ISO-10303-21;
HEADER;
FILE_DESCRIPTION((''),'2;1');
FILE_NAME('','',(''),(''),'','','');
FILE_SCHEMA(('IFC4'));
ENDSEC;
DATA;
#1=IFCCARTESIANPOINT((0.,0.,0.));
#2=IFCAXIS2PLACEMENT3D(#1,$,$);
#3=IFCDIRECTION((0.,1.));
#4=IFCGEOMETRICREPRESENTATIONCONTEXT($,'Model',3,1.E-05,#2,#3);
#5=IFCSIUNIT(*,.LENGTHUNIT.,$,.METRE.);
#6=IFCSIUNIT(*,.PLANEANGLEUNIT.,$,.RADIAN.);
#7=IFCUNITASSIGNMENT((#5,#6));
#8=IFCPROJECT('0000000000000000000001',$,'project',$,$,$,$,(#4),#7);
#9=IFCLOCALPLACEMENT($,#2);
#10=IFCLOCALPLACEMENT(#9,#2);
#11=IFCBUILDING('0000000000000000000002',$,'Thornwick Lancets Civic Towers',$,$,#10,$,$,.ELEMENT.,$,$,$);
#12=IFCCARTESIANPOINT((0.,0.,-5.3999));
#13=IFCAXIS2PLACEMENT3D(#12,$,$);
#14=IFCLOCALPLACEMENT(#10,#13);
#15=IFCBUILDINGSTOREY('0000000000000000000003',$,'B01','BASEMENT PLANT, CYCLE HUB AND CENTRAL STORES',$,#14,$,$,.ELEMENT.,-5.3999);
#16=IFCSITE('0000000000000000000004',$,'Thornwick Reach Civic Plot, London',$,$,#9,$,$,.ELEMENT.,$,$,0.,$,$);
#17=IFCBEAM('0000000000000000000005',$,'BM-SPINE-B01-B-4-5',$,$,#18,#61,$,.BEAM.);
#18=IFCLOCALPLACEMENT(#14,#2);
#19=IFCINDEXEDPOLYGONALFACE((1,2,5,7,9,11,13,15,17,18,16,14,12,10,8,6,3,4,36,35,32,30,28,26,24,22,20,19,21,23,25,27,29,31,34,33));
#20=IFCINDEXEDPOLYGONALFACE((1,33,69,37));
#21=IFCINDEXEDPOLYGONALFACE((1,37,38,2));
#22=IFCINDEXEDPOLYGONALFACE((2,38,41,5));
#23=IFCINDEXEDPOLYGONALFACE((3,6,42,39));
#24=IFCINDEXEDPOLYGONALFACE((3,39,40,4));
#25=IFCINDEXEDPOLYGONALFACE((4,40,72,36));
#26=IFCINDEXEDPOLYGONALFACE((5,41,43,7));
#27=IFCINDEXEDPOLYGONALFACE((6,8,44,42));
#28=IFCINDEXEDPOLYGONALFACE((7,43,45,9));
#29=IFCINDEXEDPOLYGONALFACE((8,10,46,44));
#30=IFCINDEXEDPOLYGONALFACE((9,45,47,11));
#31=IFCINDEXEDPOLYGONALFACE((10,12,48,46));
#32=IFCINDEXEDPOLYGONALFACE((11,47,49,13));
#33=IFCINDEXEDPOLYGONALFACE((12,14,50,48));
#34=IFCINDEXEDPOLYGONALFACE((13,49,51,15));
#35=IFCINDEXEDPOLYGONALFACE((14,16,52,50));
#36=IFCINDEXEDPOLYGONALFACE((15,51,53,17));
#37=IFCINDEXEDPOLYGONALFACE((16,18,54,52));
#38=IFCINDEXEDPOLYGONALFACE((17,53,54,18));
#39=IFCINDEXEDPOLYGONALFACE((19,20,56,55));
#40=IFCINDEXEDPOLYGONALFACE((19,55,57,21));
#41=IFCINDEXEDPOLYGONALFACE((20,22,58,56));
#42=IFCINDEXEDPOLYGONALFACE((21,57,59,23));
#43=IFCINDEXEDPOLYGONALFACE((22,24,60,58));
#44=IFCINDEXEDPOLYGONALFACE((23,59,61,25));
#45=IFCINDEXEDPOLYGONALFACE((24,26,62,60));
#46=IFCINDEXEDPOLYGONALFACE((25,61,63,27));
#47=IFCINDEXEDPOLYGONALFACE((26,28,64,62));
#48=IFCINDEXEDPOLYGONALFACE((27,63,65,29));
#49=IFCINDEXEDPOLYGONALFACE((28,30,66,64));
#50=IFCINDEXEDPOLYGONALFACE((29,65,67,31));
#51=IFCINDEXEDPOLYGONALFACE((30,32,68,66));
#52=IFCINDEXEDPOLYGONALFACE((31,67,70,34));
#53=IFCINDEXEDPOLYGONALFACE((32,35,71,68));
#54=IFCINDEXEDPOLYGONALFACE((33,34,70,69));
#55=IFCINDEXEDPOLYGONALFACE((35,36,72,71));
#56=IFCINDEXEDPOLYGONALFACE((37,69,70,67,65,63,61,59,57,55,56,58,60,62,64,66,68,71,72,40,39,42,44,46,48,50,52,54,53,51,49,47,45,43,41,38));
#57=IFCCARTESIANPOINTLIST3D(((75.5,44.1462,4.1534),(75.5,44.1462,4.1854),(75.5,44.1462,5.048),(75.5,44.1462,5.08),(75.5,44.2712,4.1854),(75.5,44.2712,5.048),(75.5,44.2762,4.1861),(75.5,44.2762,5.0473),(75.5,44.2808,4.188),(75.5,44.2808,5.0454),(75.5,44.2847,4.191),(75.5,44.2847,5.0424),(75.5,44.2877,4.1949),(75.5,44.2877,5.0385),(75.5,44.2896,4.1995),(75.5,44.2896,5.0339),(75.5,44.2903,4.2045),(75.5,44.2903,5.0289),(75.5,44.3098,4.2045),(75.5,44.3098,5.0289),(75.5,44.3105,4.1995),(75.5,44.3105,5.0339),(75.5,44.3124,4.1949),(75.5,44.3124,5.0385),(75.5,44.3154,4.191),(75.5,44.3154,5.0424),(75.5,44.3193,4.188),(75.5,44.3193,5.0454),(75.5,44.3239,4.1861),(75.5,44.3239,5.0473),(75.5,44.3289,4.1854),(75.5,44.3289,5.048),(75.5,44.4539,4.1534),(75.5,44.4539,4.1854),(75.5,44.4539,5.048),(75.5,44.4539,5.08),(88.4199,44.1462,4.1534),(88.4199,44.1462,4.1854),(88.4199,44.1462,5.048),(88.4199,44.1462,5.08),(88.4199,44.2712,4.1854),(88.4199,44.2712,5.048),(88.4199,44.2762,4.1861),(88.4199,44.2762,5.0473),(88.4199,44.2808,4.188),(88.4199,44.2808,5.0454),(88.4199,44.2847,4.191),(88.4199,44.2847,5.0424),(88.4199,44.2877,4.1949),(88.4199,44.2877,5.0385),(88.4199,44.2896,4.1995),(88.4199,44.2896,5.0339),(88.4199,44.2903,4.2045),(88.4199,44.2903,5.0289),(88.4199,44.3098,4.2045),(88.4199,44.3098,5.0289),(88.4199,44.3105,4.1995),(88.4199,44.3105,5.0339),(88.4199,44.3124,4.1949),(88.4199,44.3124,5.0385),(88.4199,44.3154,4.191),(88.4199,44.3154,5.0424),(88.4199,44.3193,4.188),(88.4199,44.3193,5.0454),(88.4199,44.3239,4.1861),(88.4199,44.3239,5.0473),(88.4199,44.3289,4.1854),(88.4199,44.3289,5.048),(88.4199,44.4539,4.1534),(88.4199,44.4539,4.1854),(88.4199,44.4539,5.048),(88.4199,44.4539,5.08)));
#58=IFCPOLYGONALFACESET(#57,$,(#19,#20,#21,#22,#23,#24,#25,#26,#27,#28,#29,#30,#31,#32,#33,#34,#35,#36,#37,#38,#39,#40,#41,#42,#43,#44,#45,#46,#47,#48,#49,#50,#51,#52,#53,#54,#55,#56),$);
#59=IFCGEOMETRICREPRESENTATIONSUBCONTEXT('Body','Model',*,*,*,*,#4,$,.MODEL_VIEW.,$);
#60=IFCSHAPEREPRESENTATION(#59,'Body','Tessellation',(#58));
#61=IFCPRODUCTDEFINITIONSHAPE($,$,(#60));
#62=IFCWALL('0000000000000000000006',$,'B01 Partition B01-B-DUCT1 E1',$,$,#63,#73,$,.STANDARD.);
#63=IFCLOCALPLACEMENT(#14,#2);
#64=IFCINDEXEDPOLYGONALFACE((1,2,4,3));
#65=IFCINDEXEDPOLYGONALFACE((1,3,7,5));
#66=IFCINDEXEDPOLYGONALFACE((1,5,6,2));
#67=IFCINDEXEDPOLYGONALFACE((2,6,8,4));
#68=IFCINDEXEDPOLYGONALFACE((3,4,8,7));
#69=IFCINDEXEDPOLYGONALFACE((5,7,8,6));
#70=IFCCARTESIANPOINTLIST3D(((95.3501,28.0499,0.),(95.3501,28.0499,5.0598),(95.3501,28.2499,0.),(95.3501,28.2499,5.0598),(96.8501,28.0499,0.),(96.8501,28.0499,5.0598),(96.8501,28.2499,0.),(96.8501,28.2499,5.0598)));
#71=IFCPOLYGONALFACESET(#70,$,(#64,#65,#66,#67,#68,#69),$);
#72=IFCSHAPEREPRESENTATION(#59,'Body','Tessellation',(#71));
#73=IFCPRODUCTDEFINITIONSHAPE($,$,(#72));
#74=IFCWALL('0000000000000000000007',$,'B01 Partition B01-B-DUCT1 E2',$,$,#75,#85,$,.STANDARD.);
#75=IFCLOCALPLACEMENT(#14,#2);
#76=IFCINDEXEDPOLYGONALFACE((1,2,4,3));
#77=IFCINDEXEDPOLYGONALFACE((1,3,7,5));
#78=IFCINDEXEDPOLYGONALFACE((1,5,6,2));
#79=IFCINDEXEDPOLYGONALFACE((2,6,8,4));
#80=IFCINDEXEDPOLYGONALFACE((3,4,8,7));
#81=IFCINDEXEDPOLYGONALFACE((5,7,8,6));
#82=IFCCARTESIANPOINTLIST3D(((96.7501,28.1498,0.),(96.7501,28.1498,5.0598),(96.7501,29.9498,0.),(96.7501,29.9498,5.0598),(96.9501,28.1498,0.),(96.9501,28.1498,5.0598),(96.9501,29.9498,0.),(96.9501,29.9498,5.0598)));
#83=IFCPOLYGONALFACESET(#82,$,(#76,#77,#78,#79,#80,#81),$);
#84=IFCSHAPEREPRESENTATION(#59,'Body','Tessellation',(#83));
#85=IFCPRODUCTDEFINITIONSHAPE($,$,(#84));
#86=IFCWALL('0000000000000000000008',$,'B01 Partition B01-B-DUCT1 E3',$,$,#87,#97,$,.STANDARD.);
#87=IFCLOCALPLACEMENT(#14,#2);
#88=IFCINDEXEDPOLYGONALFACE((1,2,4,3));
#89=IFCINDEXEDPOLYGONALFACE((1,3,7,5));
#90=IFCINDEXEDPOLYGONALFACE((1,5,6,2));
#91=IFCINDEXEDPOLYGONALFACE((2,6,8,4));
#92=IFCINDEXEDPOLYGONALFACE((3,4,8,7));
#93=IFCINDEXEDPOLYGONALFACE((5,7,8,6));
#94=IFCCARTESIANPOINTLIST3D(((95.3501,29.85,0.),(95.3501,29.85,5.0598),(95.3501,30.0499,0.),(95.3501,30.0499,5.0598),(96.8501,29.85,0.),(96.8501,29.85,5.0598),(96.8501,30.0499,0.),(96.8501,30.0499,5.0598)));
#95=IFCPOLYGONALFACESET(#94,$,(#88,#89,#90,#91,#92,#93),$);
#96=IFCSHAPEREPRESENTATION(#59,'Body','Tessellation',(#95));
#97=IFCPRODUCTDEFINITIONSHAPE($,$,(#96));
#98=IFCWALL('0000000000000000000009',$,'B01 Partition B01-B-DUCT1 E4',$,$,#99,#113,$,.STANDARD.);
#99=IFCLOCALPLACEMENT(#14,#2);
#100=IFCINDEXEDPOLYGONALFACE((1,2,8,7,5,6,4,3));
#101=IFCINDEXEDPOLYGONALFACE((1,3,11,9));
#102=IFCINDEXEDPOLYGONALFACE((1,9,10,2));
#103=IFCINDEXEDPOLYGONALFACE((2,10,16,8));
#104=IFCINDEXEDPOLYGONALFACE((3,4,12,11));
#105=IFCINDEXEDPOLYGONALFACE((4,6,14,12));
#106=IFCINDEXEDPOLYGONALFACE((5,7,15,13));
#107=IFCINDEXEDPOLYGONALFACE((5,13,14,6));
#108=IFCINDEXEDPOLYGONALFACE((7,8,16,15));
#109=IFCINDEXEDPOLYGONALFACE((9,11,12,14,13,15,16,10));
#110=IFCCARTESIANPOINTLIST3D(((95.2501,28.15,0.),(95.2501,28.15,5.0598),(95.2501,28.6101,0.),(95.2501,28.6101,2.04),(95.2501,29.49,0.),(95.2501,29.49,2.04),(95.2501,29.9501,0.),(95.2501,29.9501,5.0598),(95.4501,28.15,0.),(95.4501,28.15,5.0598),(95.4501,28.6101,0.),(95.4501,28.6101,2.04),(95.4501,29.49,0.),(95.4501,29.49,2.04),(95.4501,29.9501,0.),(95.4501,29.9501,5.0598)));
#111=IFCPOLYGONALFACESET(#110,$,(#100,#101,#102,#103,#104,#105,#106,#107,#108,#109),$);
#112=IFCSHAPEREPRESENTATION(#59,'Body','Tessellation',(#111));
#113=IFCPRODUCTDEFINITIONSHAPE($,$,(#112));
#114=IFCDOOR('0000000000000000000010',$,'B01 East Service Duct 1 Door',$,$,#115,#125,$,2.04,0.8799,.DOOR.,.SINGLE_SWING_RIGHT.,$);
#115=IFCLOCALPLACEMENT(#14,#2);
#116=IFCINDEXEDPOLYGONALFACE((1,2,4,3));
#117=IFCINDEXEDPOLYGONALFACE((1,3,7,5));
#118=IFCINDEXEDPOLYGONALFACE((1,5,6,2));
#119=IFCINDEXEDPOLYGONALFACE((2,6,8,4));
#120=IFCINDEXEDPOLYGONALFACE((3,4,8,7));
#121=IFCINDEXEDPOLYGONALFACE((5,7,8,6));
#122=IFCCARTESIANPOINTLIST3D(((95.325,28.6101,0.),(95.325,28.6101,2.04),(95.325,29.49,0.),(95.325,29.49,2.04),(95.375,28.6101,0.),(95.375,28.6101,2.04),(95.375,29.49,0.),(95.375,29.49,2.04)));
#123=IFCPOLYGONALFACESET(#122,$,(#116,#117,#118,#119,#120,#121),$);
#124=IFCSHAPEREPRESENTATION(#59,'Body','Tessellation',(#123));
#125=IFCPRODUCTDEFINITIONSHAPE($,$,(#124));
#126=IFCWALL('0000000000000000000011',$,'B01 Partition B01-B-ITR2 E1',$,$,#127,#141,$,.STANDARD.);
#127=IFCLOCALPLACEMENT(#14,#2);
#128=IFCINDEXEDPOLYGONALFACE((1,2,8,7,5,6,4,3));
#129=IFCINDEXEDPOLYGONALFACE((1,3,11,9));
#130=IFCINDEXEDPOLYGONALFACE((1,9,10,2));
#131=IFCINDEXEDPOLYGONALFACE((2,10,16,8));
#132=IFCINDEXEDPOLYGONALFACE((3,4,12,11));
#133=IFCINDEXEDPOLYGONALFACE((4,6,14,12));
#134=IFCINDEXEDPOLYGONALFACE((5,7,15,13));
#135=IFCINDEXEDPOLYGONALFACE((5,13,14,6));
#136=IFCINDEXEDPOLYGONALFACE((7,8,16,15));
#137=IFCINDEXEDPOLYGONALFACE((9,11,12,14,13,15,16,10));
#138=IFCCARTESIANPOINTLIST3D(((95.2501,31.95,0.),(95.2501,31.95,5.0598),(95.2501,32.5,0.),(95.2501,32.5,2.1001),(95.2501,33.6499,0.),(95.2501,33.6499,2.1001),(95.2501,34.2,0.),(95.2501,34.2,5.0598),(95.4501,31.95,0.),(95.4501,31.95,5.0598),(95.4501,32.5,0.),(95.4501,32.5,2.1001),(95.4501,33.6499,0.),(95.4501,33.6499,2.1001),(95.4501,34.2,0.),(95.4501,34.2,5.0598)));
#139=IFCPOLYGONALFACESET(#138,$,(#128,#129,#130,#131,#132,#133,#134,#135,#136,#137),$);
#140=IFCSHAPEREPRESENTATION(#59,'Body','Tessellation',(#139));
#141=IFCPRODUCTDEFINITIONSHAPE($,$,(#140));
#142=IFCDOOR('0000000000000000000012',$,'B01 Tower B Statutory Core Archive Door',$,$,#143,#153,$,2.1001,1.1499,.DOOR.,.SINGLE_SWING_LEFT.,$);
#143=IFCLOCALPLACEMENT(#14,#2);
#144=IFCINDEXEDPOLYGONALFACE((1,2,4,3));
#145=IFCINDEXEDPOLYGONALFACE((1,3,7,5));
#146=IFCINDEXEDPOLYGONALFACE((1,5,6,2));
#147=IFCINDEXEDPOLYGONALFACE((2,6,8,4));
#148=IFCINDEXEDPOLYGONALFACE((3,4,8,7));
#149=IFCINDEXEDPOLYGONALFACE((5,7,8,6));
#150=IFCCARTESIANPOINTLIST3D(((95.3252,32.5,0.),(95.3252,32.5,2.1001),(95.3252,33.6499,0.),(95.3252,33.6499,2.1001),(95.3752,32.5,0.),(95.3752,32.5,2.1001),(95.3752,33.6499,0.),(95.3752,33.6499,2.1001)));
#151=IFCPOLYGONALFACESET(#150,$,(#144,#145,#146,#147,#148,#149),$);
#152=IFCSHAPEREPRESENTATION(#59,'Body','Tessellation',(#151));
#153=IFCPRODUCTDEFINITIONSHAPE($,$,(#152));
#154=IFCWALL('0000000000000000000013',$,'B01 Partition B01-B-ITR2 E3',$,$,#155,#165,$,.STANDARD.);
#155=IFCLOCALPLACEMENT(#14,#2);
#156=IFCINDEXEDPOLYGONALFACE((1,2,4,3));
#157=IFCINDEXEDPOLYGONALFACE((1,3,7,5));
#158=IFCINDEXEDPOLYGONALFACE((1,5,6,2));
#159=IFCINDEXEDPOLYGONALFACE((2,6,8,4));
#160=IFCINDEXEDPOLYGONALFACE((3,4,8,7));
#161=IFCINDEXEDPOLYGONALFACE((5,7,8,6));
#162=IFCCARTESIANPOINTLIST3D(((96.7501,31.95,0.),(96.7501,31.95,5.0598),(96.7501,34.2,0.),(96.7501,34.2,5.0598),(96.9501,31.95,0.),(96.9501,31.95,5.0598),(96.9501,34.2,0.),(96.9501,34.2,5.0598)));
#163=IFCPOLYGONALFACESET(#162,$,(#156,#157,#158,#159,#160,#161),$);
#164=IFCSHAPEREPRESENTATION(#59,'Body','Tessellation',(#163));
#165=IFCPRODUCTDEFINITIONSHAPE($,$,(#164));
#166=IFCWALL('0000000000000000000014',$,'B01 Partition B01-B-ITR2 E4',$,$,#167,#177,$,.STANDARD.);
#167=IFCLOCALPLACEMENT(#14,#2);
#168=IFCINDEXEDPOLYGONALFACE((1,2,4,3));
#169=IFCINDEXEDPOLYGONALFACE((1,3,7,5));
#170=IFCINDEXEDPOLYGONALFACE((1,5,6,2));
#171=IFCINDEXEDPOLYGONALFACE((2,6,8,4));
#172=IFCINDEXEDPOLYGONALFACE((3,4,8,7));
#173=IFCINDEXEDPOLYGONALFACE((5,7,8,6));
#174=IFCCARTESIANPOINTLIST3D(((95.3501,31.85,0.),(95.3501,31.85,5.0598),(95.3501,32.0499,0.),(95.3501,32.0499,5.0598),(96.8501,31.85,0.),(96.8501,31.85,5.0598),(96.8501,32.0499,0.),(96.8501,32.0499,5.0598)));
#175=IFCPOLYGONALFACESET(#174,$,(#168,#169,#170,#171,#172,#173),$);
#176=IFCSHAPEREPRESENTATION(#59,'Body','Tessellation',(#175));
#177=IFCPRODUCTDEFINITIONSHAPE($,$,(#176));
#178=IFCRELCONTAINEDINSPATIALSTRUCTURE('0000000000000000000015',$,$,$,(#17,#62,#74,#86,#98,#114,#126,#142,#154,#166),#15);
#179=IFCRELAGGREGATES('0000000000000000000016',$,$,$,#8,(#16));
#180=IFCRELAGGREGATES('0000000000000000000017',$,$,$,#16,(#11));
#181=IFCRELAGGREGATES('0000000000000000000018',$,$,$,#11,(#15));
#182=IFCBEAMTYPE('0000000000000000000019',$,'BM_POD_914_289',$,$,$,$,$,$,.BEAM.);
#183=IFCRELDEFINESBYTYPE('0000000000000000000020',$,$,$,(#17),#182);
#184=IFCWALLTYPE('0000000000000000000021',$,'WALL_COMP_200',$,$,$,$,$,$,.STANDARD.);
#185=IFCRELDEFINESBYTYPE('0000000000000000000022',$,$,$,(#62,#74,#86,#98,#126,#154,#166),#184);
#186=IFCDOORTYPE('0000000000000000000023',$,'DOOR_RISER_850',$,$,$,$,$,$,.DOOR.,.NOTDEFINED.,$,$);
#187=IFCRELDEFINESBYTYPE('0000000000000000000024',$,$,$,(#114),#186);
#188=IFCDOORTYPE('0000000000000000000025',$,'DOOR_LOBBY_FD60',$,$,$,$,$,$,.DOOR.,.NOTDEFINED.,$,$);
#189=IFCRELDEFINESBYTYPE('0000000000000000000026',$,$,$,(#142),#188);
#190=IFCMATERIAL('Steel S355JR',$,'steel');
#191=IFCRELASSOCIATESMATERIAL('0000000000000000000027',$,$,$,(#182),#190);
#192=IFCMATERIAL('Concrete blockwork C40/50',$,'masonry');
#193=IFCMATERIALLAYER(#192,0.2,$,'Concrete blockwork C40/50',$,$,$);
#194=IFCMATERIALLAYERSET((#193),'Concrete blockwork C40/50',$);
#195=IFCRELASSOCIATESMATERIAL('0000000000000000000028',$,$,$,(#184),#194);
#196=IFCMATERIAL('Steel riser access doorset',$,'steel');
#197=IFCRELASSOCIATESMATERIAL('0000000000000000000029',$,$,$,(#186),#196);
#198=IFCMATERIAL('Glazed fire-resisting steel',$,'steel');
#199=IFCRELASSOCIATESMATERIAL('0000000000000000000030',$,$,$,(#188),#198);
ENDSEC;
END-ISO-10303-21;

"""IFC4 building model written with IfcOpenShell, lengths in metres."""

from ifc_helpers import new_model, si_unit, direction, frame, frame_2d, origin, origin_2d, place, context, subcontext, project, spatial, rectangle, i_section, extrude, material, layer, layer_set, material_profile, profile_set, type_object, element, fill, save


model = new_model("IFC4")

# Units and contexts
model_context = context("Model", 3, precision=1e-05, world=origin(), true_north=direction((0.0, 1.0)))
body_context = subcontext(model_context, "Body", "Model", "MODEL_VIEW")
ifc_project = project(units=[si_unit("LENGTHUNIT", "METRE"), si_unit("PLANEANGLEUNIT", "RADIAN")], contexts=[model_context])

# Site, building, storey
site_placement = place(None, origin())
site = spatial("IfcSite", under=ifc_project, at=site_placement, Name="Thornwick Reach Civic Plot, London", CompositionType="ELEMENT", RefElevation=0.0)
building_placement = place(site_placement, origin())
building = spatial("IfcBuilding", under=site, at=building_placement, Name="Thornwick Lancets Civic Towers", CompositionType="ELEMENT")
storey_placement = place(building_placement, frame((0.0, 0.0, -5.3999)))
storey = spatial("IfcBuildingStorey", under=building, at=storey_placement, Name="B01", Description="BASEMENT PLANT, CYCLE HUB AND CENTRAL STORES", CompositionType="ELEMENT", Elevation=-5.3999)

# Beam
ifc_material_1 = material(Name="Steel S355JR", Category="steel")
ifc_material_profile_1 = material_profile(ifc_material_1, i_section(OverallWidth=0.3076, OverallDepth=0.9265, WebThickness=0.0195, FlangeThickness=0.032, FilletRadius=0.019, at=origin_2d()), Name="UKB 914x305x289")
ifc_profile_set_1 = profile_set([ifc_material_profile_1], Name="Steel S355JR")
beam_type_1 = type_object("IfcBeamType", Name="BM_POD_914_289", PredefinedType="BEAM", material=ifc_profile_set_1)
beam_1_placement = place(storey_placement, frame((88.4199, 44.3, 4.6167), z_axis=(-1.0, 0.0, 0.0), x_axis=(0.0, -1.0, 0.0)))
element("IfcBeam", 1, at=beam_1_placement, inside=storey, type_object=beam_type_1, Name="BM-SPINE-B01-B-4-5", PredefinedType="BEAM", context=body_context, shape_type="SweptSolid", body=[
    extrude(i_section(OverallWidth=0.3076, OverallDepth=0.9265, WebThickness=0.0195, FlangeThickness=0.032, FilletRadius=0.019, at=origin_2d()), origin(), (0.0, 0.0, 1.0), 12.9199),
])

# Walls
ifc_material_2 = material(Name="Concrete blockwork C40/50", Category="masonry")
ifc_layer_1 = layer(ifc_material_2, 0.2, Name="Concrete blockwork C40/50")
ifc_layer_set_1 = layer_set([ifc_layer_1], Name="Concrete blockwork C40/50")
wall_type_1 = type_object("IfcWallType", Name="WALL_COMP_200", PredefinedType="STANDARD", material=ifc_layer_set_1)
wall_1_placement = place(storey_placement, frame((95.3501, 28.1499, 0.0), z_axis=(0.0, 0.0, 1.0), x_axis=(1.0, 0.0, 0.0)))
element("IfcWall", 2, at=wall_1_placement, inside=storey, type_object=wall_type_1, Name="B01 Partition B01-B-DUCT1 E1", PredefinedType="STANDARD", context=body_context, shape_type="SweptSolid", body=[
    extrude(rectangle(XDim=1.5, YDim=0.2, at=frame_2d((0.75, 0.0))), origin(), (0.0, 0.0, 1.0), 5.0598),
])
wall_2_placement = place(storey_placement, frame((96.8501, 28.1499, 0.0), z_axis=(0.0, 0.0, 1.0), x_axis=(0.0, 1.0, 0.0)))
element("IfcWall", 3, at=wall_2_placement, inside=storey, type_object=wall_type_1, Name="B01 Partition B01-B-DUCT1 E2", PredefinedType="STANDARD", context=body_context, shape_type="SweptSolid", body=[
    extrude(rectangle(XDim=1.8, YDim=0.2, at=frame_2d((0.8999, 0.0))), origin(), (0.0, 0.0, 1.0), 5.0598),
])
wall_3_placement = place(storey_placement, frame((96.8501, 29.95, 0.0), z_axis=(0.0, 0.0, 1.0), x_axis=(-1.0, 0.0, 0.0)))
element("IfcWall", 4, at=wall_3_placement, inside=storey, type_object=wall_type_1, Name="B01 Partition B01-B-DUCT1 E3", PredefinedType="STANDARD", context=body_context, shape_type="SweptSolid", body=[
    extrude(rectangle(XDim=1.5, YDim=0.2, at=frame_2d((0.75, 0.0))), origin(), (0.0, 0.0, 1.0), 5.0598),
])

# Walls, openings, doors
wall_4_placement = place(storey_placement, frame((95.3501, 29.95, 0.0), z_axis=(0.0, 0.0, 1.0), x_axis=(0.0, -1.0, 0.0)))
wall_4 = element("IfcWall", 5, at=wall_4_placement, inside=storey, type_object=wall_type_1, Name="B01 Partition B01-B-DUCT1 E4", PredefinedType="STANDARD", context=body_context, shape_type="SweptSolid", body=[
    extrude(rectangle(XDim=1.8, YDim=0.2, at=frame_2d((0.8999, 0.0))), origin(), (0.0, 0.0, 1.0), 5.0598),
])
opening_1_placement = place(wall_4_placement, frame((0.46, 0.0, 0.0)))
opening_1 = element("IfcOpeningElement", 6, at=opening_1_placement, cuts=wall_4, PredefinedType="OPENING", context=body_context, shape_type="SweptSolid", body=[
    extrude(rectangle(XDim=0.8799, YDim=2.04, at=frame_2d((0.4399, 1.02))), frame((0.0, 0.1099, 0.0), z_axis=(0.0, -1.0, 0.0), x_axis=(1.0, 0.0, 0.0)), (0.0, 0.0, 1.0), 0.22),
])
ifc_material_3 = material(Name="Steel riser access doorset", Category="steel")
door_type_1 = type_object("IfcDoorType", Name="DOOR_RISER_850", OperationType="NOTDEFINED", PredefinedType="DOOR", material=ifc_material_3)
door_1_placement = place(opening_1_placement, origin())
door_1 = element("IfcDoor", 7, at=door_1_placement, inside=storey, type_object=door_type_1, Name="B01 East Service Duct 1 Door", OperationType="SINGLE_SWING_RIGHT", OverallHeight=2.04, OverallWidth=0.8799, PredefinedType="DOOR", context=body_context, shape_type="SweptSolid", body=[
    extrude(rectangle(XDim=0.8799, YDim=2.04, at=frame_2d((0.4399, 1.02))), frame((0.0, 0.0249, 0.0), z_axis=(0.0, -1.0, 0.0), x_axis=(1.0, 0.0, 0.0)), (0.0, 0.0, 1.0), 0.05),
])
fill(opening_1, door_1)
wall_5_placement = place(storey_placement, frame((95.3501, 31.95, 0.0), z_axis=(0.0, 0.0, 1.0), x_axis=(0.0, 1.0, 0.0)))
wall_5 = element("IfcWall", 8, at=wall_5_placement, inside=storey, type_object=wall_type_1, Name="B01 Partition B01-B-ITR2 E1", PredefinedType="STANDARD", context=body_context, shape_type="SweptSolid", body=[
    extrude(rectangle(XDim=2.25, YDim=0.2, at=frame_2d((1.125, 0.0))), origin(), (0.0, 0.0, 1.0), 5.0598),
])
opening_2_placement = place(wall_5_placement, frame((0.55, 0.0, 0.0)))
opening_2 = element("IfcOpeningElement", 9, at=opening_2_placement, cuts=wall_5, PredefinedType="OPENING", context=body_context, shape_type="SweptSolid", body=[
    extrude(rectangle(XDim=1.1499, YDim=2.1001, at=frame_2d((0.575, 1.05))), frame((0.0, 0.1099, 0.0), z_axis=(0.0, -1.0, 0.0), x_axis=(1.0, 0.0, 0.0)), (0.0, 0.0, 1.0), 0.22),
])
ifc_material_4 = material(Name="Glazed fire-resisting steel", Category="steel")
door_type_2 = type_object("IfcDoorType", Name="DOOR_LOBBY_FD60", OperationType="NOTDEFINED", PredefinedType="DOOR", material=ifc_material_4)
door_2_placement = place(opening_2_placement, origin())
door_2 = element("IfcDoor", 10, at=door_2_placement, inside=storey, type_object=door_type_2, Name="B01 Tower B Statutory Core Archive Door", OperationType="SINGLE_SWING_LEFT", OverallHeight=2.1001, OverallWidth=1.1499, PredefinedType="DOOR", context=body_context, shape_type="SweptSolid", body=[
    extrude(rectangle(XDim=1.1499, YDim=2.1001, at=frame_2d((0.575, 1.05))), frame((0.0, 0.0249, 0.0), z_axis=(0.0, -1.0, 0.0), x_axis=(1.0, 0.0, 0.0)), (0.0, 0.0, 1.0), 0.05),
])
fill(opening_2, door_2)

# Walls
wall_6_placement = place(storey_placement, frame((96.8501, 34.2, 0.0), z_axis=(0.0, 0.0, 1.0), x_axis=(0.0, -1.0, 0.0)))
element("IfcWall", 11, at=wall_6_placement, inside=storey, type_object=wall_type_1, Name="B01 Partition B01-B-ITR2 E3", PredefinedType="STANDARD", context=body_context, shape_type="SweptSolid", body=[
    extrude(rectangle(XDim=2.25, YDim=0.2, at=frame_2d((1.125, 0.0))), origin(), (0.0, 0.0, 1.0), 5.0598),
])
wall_7_placement = place(storey_placement, frame((96.8501, 31.95, 0.0), z_axis=(0.0, 0.0, 1.0), x_axis=(-1.0, 0.0, 0.0)))
element("IfcWall", 12, at=wall_7_placement, inside=storey, type_object=wall_type_1, Name="B01 Partition B01-B-ITR2 E4", PredefinedType="STANDARD", context=body_context, shape_type="SweptSolid", body=[
    extrude(rectangle(XDim=1.5, YDim=0.2, at=frame_2d((0.75, 0.0))), origin(), (0.0, 0.0, 1.0), 5.0598),
])

save(model, "model.ifc")
